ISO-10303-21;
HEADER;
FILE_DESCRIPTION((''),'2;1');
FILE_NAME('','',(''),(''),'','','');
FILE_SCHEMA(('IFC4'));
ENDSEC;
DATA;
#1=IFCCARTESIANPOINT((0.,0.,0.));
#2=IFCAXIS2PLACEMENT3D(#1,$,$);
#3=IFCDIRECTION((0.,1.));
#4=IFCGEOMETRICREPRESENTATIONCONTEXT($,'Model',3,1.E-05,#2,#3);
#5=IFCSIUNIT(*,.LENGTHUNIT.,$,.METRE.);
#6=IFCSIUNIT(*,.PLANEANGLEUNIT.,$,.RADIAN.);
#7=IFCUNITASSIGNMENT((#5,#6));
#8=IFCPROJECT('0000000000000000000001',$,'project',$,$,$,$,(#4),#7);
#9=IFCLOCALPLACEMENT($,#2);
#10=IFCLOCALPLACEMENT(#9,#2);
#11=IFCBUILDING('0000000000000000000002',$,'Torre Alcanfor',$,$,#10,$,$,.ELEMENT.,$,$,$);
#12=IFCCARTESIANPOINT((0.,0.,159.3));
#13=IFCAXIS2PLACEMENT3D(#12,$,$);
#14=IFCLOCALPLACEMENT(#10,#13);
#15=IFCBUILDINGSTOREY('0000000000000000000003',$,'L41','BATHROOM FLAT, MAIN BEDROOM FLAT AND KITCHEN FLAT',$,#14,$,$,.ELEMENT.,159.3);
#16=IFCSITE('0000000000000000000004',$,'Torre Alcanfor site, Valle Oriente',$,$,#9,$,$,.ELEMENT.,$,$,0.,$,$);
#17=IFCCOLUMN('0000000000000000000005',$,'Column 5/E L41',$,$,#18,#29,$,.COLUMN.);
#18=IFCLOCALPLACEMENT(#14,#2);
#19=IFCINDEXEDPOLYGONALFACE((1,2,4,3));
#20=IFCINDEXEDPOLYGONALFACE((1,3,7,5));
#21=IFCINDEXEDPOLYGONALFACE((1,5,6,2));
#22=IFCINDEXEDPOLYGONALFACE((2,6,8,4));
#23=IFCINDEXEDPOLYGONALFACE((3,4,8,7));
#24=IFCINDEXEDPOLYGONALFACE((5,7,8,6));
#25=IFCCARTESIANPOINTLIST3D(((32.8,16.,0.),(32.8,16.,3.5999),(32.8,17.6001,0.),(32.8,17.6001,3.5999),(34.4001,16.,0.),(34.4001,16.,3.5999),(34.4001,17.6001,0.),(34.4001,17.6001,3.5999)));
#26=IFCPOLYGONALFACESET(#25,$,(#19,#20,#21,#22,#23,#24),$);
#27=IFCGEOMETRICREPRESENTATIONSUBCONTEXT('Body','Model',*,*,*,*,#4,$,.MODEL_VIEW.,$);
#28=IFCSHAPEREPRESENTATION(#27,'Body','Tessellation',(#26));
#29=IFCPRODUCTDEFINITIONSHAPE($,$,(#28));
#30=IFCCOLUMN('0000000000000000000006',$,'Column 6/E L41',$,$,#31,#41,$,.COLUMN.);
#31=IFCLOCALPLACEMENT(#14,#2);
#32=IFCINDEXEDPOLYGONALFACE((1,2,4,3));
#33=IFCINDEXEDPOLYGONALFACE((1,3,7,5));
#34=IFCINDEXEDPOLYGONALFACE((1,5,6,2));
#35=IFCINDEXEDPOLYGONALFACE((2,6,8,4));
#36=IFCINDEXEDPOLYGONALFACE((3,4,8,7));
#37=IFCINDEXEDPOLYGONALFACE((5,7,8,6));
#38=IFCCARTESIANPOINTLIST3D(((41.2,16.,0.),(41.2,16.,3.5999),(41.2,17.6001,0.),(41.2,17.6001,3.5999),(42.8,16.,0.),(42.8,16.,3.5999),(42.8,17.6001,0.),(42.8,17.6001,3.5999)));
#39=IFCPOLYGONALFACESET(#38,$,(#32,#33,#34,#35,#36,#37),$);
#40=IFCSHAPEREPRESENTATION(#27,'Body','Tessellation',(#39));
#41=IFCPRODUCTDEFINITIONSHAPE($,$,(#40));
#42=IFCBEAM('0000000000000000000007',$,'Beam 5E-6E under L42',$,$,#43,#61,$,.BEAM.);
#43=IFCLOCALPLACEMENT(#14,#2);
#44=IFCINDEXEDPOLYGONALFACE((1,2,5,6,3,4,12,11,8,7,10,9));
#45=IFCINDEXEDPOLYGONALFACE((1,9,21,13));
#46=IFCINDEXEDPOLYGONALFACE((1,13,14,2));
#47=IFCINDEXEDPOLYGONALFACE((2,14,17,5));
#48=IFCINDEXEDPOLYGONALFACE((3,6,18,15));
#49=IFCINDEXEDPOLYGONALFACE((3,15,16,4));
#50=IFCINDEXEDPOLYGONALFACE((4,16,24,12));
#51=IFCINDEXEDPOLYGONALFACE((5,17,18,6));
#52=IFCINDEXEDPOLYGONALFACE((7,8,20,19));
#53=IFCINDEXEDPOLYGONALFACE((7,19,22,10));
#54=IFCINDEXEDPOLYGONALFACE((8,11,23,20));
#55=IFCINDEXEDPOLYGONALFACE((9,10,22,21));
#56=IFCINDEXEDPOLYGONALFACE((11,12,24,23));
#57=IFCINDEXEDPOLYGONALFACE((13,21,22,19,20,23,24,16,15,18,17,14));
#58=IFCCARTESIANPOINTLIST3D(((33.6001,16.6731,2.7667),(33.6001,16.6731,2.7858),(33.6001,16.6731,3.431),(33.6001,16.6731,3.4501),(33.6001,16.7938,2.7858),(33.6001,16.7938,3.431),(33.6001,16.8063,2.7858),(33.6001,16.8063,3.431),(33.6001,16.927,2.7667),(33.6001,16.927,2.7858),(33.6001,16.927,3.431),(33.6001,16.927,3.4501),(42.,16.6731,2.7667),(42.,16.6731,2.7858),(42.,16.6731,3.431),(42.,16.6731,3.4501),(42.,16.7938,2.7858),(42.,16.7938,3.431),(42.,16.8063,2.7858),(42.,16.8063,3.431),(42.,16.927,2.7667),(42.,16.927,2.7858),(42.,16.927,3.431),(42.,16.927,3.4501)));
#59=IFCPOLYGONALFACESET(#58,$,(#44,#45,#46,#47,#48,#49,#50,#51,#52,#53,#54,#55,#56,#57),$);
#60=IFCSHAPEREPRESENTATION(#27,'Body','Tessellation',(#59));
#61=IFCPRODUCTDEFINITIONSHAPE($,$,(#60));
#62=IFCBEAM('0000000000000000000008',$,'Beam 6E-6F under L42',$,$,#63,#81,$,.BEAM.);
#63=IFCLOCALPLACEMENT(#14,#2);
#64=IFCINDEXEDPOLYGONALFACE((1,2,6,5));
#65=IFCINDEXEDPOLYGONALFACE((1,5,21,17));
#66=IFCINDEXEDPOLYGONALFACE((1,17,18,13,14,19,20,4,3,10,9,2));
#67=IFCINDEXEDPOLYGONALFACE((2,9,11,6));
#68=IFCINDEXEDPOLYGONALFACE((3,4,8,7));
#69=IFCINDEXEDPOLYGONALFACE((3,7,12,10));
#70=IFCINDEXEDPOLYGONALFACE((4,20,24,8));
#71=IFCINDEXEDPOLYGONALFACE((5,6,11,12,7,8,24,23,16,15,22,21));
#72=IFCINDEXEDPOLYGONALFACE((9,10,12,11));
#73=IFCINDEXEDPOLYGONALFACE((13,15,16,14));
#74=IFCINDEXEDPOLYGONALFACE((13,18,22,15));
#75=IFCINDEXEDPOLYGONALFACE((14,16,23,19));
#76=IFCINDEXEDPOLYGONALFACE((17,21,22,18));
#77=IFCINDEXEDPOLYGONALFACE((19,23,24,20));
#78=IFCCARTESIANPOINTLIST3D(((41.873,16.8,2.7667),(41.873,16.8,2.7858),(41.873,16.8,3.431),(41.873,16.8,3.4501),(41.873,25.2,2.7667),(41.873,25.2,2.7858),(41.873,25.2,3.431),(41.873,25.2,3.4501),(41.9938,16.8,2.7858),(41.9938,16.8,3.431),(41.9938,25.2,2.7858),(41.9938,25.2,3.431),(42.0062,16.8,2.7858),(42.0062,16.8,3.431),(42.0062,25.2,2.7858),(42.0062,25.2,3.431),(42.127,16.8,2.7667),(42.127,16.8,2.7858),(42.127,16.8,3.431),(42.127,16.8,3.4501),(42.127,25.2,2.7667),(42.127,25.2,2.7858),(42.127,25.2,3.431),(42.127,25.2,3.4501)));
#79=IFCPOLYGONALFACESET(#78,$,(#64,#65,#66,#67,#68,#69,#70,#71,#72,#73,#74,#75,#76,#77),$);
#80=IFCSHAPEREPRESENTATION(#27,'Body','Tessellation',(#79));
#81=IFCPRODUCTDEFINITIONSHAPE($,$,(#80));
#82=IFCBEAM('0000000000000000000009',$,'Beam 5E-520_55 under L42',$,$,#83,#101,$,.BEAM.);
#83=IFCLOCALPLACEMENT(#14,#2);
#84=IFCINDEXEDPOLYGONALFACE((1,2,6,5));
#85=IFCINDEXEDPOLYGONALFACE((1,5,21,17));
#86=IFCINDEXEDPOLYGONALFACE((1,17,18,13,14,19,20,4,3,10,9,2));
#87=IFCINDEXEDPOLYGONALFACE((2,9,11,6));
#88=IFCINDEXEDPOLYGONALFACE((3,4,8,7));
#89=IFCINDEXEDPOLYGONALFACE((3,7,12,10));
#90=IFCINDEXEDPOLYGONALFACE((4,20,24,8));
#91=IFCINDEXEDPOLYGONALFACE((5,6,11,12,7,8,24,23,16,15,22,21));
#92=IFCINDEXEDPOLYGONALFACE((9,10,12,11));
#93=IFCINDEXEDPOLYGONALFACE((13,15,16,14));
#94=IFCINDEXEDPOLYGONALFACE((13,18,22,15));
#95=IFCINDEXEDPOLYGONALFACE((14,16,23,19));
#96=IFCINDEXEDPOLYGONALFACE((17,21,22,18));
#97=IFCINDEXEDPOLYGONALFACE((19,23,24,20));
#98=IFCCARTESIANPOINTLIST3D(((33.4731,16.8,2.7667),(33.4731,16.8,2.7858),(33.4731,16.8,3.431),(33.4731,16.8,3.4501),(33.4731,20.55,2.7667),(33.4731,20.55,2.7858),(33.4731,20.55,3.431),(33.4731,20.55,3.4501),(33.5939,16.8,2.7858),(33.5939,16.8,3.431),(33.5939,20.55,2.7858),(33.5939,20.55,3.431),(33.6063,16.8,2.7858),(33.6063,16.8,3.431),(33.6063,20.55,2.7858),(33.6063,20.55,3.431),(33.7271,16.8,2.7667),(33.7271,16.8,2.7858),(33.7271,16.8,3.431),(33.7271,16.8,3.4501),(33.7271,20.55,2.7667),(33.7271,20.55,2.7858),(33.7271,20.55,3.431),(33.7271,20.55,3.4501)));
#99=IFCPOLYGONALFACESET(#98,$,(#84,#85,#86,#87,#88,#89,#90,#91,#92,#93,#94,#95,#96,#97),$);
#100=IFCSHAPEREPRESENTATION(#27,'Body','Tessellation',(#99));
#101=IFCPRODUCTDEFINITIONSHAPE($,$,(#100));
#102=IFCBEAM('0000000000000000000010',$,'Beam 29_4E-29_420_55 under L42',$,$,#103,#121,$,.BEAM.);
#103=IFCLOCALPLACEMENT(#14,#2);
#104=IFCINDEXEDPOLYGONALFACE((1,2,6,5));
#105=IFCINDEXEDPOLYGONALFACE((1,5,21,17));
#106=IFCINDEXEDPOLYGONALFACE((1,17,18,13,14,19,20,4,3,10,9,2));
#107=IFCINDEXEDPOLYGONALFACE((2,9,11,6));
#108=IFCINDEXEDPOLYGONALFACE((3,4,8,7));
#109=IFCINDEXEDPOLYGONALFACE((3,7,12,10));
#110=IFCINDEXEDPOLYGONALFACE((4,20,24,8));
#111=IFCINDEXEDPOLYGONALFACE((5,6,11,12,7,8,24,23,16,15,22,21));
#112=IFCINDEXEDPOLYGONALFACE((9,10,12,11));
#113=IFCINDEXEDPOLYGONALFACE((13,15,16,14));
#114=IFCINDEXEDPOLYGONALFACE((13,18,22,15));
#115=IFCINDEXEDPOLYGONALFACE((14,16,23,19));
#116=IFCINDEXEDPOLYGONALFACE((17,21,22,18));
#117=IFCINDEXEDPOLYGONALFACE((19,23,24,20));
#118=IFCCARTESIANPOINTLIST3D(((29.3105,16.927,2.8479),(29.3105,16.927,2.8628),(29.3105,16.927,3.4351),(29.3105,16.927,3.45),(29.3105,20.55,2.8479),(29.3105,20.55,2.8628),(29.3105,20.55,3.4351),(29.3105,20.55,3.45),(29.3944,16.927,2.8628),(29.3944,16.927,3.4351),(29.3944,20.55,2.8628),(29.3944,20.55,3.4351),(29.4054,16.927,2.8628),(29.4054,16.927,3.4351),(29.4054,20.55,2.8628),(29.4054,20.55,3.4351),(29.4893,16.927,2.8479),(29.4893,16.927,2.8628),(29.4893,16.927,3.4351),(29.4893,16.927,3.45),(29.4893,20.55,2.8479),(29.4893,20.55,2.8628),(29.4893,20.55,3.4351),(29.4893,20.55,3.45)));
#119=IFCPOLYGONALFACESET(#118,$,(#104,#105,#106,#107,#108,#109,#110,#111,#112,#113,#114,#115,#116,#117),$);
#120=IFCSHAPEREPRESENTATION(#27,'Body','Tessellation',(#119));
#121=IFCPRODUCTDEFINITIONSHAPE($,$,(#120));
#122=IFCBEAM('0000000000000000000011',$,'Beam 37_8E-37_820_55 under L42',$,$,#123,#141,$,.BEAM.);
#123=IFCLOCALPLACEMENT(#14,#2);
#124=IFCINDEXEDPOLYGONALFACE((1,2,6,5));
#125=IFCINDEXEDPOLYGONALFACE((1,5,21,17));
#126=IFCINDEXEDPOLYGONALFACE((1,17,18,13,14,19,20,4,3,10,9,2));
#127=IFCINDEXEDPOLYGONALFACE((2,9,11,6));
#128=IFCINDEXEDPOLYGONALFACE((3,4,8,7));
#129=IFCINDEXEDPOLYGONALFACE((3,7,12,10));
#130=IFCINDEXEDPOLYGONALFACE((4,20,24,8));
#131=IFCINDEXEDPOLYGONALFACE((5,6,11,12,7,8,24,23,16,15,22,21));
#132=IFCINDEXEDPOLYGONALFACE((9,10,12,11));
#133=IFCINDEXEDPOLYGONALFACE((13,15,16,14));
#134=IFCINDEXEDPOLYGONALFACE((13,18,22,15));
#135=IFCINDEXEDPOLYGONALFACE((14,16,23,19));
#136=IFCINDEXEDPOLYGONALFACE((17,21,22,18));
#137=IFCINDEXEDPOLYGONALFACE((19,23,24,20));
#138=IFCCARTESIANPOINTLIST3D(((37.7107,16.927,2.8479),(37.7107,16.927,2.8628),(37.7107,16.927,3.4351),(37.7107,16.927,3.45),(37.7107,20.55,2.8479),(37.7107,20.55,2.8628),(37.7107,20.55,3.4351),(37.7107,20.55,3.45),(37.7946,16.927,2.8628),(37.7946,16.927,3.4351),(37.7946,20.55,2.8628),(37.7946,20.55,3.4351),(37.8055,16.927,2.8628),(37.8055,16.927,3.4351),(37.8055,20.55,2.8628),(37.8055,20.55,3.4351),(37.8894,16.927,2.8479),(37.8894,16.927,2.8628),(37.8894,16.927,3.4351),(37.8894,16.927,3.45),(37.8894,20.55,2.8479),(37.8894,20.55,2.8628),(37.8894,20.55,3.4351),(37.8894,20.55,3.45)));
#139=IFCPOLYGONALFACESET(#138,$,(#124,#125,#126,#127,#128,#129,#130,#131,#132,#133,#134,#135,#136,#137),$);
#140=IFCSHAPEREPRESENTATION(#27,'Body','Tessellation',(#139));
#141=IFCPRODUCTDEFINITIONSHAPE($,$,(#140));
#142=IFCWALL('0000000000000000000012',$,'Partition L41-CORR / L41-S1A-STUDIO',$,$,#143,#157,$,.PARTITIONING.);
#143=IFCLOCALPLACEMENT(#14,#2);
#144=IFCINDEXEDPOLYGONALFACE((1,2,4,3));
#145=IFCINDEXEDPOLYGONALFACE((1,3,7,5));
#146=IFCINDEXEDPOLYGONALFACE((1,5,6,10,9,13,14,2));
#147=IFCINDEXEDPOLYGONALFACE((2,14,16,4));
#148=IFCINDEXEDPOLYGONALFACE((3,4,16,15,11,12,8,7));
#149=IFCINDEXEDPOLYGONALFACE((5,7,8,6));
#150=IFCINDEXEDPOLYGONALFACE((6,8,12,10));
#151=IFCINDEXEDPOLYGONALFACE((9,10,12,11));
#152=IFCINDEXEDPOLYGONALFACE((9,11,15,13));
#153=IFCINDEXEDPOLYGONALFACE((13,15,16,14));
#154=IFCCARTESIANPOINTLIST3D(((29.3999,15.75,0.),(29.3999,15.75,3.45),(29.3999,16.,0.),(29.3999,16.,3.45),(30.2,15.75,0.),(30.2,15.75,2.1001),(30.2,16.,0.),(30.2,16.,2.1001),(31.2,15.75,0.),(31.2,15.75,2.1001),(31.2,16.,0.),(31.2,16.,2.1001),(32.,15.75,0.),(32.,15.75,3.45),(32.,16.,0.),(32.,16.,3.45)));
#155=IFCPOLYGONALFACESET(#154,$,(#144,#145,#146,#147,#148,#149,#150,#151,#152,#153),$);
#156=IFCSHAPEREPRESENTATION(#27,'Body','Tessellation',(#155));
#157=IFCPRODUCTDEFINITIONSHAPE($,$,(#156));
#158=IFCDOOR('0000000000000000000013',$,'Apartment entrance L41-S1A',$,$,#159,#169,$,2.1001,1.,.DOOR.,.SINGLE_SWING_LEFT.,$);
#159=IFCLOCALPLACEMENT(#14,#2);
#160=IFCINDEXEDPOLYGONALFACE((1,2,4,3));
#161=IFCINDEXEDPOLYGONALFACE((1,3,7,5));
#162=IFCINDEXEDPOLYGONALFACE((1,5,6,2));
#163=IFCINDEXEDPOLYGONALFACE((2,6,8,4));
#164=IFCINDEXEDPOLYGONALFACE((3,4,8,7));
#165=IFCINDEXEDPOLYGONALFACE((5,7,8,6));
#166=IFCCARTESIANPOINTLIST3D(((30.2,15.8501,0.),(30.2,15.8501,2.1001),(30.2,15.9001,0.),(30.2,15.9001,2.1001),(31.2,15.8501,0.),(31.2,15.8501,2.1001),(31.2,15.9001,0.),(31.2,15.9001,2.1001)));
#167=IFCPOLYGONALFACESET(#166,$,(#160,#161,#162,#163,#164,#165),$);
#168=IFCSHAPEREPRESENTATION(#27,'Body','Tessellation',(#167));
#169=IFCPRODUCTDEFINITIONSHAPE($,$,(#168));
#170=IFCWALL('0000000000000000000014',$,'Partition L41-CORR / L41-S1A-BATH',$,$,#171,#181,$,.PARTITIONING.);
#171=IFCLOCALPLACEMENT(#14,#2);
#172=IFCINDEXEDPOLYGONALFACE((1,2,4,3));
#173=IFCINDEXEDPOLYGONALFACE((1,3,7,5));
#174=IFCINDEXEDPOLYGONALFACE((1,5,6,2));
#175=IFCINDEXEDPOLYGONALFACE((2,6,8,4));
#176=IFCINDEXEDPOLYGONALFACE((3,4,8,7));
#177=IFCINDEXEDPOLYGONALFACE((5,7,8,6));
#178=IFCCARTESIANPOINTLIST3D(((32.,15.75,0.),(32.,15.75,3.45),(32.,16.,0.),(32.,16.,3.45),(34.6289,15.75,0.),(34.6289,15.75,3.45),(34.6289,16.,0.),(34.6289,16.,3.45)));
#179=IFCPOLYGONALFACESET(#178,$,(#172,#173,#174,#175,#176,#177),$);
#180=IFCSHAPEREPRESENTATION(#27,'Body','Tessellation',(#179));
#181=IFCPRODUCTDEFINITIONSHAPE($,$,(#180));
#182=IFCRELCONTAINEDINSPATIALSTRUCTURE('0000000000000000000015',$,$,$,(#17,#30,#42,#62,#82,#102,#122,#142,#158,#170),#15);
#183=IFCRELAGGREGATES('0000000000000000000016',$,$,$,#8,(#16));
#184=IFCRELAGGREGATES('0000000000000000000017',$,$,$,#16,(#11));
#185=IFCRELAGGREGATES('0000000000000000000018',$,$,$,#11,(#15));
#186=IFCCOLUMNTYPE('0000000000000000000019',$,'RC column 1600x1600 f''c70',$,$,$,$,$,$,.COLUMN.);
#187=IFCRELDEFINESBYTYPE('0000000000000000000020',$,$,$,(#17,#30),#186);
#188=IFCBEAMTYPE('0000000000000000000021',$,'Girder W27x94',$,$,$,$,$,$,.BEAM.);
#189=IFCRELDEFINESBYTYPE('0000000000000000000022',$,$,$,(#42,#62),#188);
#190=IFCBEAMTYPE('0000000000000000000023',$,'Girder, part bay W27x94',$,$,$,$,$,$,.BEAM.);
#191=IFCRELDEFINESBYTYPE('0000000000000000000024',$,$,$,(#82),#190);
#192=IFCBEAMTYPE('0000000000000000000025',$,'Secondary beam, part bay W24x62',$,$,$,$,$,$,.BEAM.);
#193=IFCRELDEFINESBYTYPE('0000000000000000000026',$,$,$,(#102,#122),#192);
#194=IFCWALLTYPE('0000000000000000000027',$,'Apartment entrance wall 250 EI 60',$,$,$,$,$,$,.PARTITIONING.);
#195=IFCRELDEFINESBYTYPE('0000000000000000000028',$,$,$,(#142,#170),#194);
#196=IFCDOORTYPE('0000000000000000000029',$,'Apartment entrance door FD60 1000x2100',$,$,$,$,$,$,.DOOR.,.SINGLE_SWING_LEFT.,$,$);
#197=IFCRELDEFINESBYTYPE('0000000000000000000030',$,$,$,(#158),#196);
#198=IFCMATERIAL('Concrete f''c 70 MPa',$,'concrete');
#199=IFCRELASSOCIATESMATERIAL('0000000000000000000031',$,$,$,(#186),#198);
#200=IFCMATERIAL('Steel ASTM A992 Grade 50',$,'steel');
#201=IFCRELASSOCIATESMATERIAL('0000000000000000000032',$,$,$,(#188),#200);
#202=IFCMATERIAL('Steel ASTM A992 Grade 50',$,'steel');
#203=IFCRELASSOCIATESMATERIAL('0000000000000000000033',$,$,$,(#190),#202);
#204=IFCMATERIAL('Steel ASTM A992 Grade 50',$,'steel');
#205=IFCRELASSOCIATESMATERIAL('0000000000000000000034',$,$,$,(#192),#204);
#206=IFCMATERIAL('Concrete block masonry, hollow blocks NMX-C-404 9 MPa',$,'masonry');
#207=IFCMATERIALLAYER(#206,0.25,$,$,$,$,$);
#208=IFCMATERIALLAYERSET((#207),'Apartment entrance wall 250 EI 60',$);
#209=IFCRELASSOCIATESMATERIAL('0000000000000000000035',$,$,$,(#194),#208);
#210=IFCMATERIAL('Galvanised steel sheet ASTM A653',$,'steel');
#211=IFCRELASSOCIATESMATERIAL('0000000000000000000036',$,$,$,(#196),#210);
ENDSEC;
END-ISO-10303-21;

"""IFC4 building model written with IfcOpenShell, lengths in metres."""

from ifc_helpers import new_model, si_unit, direction, frame, frame_2d, origin, origin_2d, place, context, subcontext, project, spatial, rectangle, i_section, extrude, material, layer, layer_set, material_profile, profile_set, type_object, element, fill, save


model = new_model("IFC4")

# Units and contexts
model_context = context("Model", 3, precision=1e-05, world=origin(), true_north=direction((0.0, 1.0)))
body_context = subcontext(model_context, "Body", "Model", "MODEL_VIEW")
ifc_project = project(units=[si_unit("LENGTHUNIT", "METRE"), si_unit("PLANEANGLEUNIT", "RADIAN")], contexts=[model_context])

# Site, building, storey
site_placement = place(None, origin())
site = spatial("IfcSite", under=ifc_project, at=site_placement, Name="Torre Alcanfor site, Valle Oriente", CompositionType="ELEMENT", RefElevation=0.0)
building_placement = place(site_placement, origin())
building = spatial("IfcBuilding", under=site, at=building_placement, Name="Torre Alcanfor", CompositionType="ELEMENT")
storey_placement = place(building_placement, frame((0.0, 0.0, 159.3)))
storey = spatial("IfcBuildingStorey", under=building, at=storey_placement, Name="L41", Description="BATHROOM FLAT, MAIN BEDROOM FLAT AND KITCHEN FLAT", CompositionType="ELEMENT", Elevation=159.3)

# Columns
ifc_material_1 = material(Name="Concrete f'c 70 MPa", Category="concrete")
ifc_material_profile_1 = material_profile(ifc_material_1, rectangle(XDim=1.6001, YDim=1.6001, at=origin_2d()), Name="1600x1600")
ifc_profile_set_1 = profile_set([ifc_material_profile_1], Name="Concrete f'c 70 MPa")
column_type = type_object("IfcColumnType", Name="RC column 1600x1600 f'c70", PredefinedType="COLUMN", material=ifc_profile_set_1)
for number, where, z_axis, x_axis, name in (
    (1, (33.6001, 16.8, 0.0), (0.0, 0.0, 1.0), (1.0, 0.0, 0.0), "Column 5/E L41"),
    (2, (42.0, 16.8, 0.0), (0.0, 0.0, 1.0), (1.0, 0.0, 0.0), "Column 6/E L41"),
):
    element("IfcColumn", number, at=place(storey_placement, frame(where, z_axis=z_axis, x_axis=x_axis)), inside=storey, type_object=column_type, Name=name, PredefinedType="COLUMN", context=body_context, shape_type="SweptSolid", body=[
        extrude(rectangle(XDim=1.6001, YDim=1.6001, at=origin_2d()), origin(), (0.0, 0.0, 1.0), 3.5999),
    ])

# Beams
ifc_material_2 = material(Name="Steel ASTM A992 Grade 50", Category="steel")
ifc_material_profile_2 = material_profile(ifc_material_2, i_section(OverallWidth=0.2539, OverallDepth=0.6833, WebThickness=0.0125, FlangeThickness=0.019, at=origin_2d()), Name="W27x94")
ifc_profile_set_2 = profile_set([ifc_material_profile_2], Name="Steel ASTM A992 Grade 50")
beam_type_1 = type_object("IfcBeamType", Name="Girder W27x94", PredefinedType="BEAM", material=ifc_profile_set_2)
for number, where, z_axis, x_axis, name in (
    (3, (33.6001, 16.8, 3.1084), (1.0, 0.0, 0.0), (0.0, 1.0, 0.0), "Beam 5E-6E under L42"),
    (4, (42.0, 16.8, 3.1084), (0.0, 1.0, 0.0), (-1.0, 0.0, 0.0), "Beam 6E-6F under L42"),
):
    element("IfcBeam", number, at=place(storey_placement, frame(where, z_axis=z_axis, x_axis=x_axis)), inside=storey, type_object=beam_type_1, Name=name, PredefinedType="BEAM", context=body_context, shape_type="SweptSolid", body=[
        extrude(i_section(OverallWidth=0.2539, OverallDepth=0.6833, WebThickness=0.0125, FlangeThickness=0.019, at=origin_2d()), origin(), (0.0, 0.0, 1.0), 8.3999),
    ])
ifc_material_3 = material(Name="Steel ASTM A992 Grade 50", Category="steel")
ifc_material_profile_3 = material_profile(ifc_material_3, i_section(OverallWidth=0.2539, OverallDepth=0.6833, WebThickness=0.0125, FlangeThickness=0.019, at=origin_2d()), Name="W27x94")
ifc_profile_set_3 = profile_set([ifc_material_profile_3], Name="Steel ASTM A992 Grade 50")
beam_type_2 = type_object("IfcBeamType", Name="Girder, part bay W27x94", PredefinedType="BEAM", material=ifc_profile_set_3)
beam_placement = place(storey_placement, frame((33.6001, 16.8, 3.1084), z_axis=(0.0, 1.0, 0.0), x_axis=(-1.0, 0.0, 0.0)))
element("IfcBeam", 5, at=beam_placement, inside=storey, type_object=beam_type_2, Name="Beam 5E-520_55 under L42", PredefinedType="BEAM", context=body_context, shape_type="SweptSolid", body=[
    extrude(i_section(OverallWidth=0.2539, OverallDepth=0.6833, WebThickness=0.0125, FlangeThickness=0.019, at=origin_2d()), origin(), (0.0, 0.0, 1.0), 3.75),
])
ifc_material_4 = material(Name="Steel ASTM A992 Grade 50", Category="steel")
ifc_material_profile_4 = material_profile(ifc_material_4, i_section(OverallWidth=0.1787, OverallDepth=0.6021, WebThickness=0.011, FlangeThickness=0.0149, at=origin_2d()), Name="W24x62")
ifc_profile_set_4 = profile_set([ifc_material_profile_4], Name="Steel ASTM A992 Grade 50")
beam_type_3 = type_object("IfcBeamType", Name="Secondary beam, part bay W24x62", PredefinedType="BEAM", material=ifc_profile_set_4)
for number, where, z_axis, x_axis, name in (
    (6, (29.3999, 16.927, 3.1489), (0.0, 1.0, 0.0), (-1.0, 0.0, 0.0), "Beam 29_4E-29_420_55 under L42"),
    (7, (37.8, 16.927, 3.1489), (0.0, 1.0, 0.0), (-1.0, 0.0, 0.0), "Beam 37_8E-37_820_55 under L42"),
):
    element("IfcBeam", number, at=place(storey_placement, frame(where, z_axis=z_axis, x_axis=x_axis)), inside=storey, type_object=beam_type_3, Name=name, PredefinedType="BEAM", context=body_context, shape_type="SweptSolid", body=[
        extrude(i_section(OverallWidth=0.1787, OverallDepth=0.6021, WebThickness=0.011, FlangeThickness=0.0149, at=origin_2d()), origin(), (0.0, 0.0, 1.0), 3.623),
    ])

# Wall, opening, door
ifc_material_5 = material(Name="Concrete block masonry, hollow blocks NMX-C-404 9 MPa", Category="masonry")
ifc_layer_1 = layer(ifc_material_5, 0.25)
ifc_layer_set_1 = layer_set([ifc_layer_1], Name="Apartment entrance wall 250 EI 60")
wall_type_1 = type_object("IfcWallType", Name="Apartment entrance wall 250 EI 60", PredefinedType="PARTITIONING", material=ifc_layer_set_1)
wall_1_placement = place(storey_placement, frame((32.0, 15.875, 0.0), z_axis=(0.0, 0.0, 1.0), x_axis=(-1.0, 0.0, 0.0)))
wall_1 = element("IfcWall", 8, at=wall_1_placement, inside=storey, type_object=wall_type_1, Name="Partition L41-CORR / L41-S1A-STUDIO", PredefinedType="PARTITIONING", context=body_context, shape_type="SweptSolid", body=[
    extrude(rectangle(XDim=2.6001, YDim=0.25, at=frame_2d((1.3, 0.0))), origin(), (0.0, 0.0, 1.0), 3.45),
])
opening_1_placement = place(wall_1_placement, frame((0.8, 0.0, 0.0)))
opening_1 = element("IfcOpeningElement", 9, at=opening_1_placement, cuts=wall_1, PredefinedType="OPENING", context=body_context, shape_type="SweptSolid", body=[
    extrude(rectangle(XDim=1.0, YDim=2.1001, at=frame_2d((0.5, 1.05))), frame((0.0, 0.135, 0.0), z_axis=(0.0, -1.0, 0.0), x_axis=(1.0, 0.0, 0.0)), (0.0, 0.0, 1.0), 0.27),
])
ifc_material_6 = material(Name="Galvanised steel sheet ASTM A653", Category="steel")
door_type_1 = type_object("IfcDoorType", Name="Apartment entrance door FD60 1000x2100", OperationType="SINGLE_SWING_LEFT", PredefinedType="DOOR", material=ifc_material_6)
door_1_placement = place(opening_1_placement, origin())
door_1 = element("IfcDoor", 10, at=door_1_placement, inside=storey, type_object=door_type_1, Name="Apartment entrance L41-S1A", OperationType="SINGLE_SWING_LEFT", OverallHeight=2.1001, OverallWidth=1.0, PredefinedType="DOOR", context=body_context, shape_type="SweptSolid", body=[
    extrude(rectangle(XDim=1.0, YDim=2.1001, at=frame_2d((0.5, 1.05))), frame((0.0, 0.0249, 0.0), z_axis=(0.0, -1.0, 0.0), x_axis=(1.0, 0.0, 0.0)), (0.0, 0.0, 1.0), 0.05),
])
fill(opening_1, door_1)

# Wall
wall_2_placement = place(storey_placement, frame((34.6289, 15.875, 0.0), z_axis=(0.0, 0.0, 1.0), x_axis=(-1.0, 0.0, 0.0)))
element("IfcWall", 11, at=wall_2_placement, inside=storey, type_object=wall_type_1, Name="Partition L41-CORR / L41-S1A-BATH", PredefinedType="PARTITIONING", context=body_context, shape_type="SweptSolid", body=[
    extrude(rectangle(XDim=2.6289, YDim=0.25, at=frame_2d((1.3145, 0.0))), origin(), (0.0, 0.0, 1.0), 3.45),
])

save(model, "model.ifc")
